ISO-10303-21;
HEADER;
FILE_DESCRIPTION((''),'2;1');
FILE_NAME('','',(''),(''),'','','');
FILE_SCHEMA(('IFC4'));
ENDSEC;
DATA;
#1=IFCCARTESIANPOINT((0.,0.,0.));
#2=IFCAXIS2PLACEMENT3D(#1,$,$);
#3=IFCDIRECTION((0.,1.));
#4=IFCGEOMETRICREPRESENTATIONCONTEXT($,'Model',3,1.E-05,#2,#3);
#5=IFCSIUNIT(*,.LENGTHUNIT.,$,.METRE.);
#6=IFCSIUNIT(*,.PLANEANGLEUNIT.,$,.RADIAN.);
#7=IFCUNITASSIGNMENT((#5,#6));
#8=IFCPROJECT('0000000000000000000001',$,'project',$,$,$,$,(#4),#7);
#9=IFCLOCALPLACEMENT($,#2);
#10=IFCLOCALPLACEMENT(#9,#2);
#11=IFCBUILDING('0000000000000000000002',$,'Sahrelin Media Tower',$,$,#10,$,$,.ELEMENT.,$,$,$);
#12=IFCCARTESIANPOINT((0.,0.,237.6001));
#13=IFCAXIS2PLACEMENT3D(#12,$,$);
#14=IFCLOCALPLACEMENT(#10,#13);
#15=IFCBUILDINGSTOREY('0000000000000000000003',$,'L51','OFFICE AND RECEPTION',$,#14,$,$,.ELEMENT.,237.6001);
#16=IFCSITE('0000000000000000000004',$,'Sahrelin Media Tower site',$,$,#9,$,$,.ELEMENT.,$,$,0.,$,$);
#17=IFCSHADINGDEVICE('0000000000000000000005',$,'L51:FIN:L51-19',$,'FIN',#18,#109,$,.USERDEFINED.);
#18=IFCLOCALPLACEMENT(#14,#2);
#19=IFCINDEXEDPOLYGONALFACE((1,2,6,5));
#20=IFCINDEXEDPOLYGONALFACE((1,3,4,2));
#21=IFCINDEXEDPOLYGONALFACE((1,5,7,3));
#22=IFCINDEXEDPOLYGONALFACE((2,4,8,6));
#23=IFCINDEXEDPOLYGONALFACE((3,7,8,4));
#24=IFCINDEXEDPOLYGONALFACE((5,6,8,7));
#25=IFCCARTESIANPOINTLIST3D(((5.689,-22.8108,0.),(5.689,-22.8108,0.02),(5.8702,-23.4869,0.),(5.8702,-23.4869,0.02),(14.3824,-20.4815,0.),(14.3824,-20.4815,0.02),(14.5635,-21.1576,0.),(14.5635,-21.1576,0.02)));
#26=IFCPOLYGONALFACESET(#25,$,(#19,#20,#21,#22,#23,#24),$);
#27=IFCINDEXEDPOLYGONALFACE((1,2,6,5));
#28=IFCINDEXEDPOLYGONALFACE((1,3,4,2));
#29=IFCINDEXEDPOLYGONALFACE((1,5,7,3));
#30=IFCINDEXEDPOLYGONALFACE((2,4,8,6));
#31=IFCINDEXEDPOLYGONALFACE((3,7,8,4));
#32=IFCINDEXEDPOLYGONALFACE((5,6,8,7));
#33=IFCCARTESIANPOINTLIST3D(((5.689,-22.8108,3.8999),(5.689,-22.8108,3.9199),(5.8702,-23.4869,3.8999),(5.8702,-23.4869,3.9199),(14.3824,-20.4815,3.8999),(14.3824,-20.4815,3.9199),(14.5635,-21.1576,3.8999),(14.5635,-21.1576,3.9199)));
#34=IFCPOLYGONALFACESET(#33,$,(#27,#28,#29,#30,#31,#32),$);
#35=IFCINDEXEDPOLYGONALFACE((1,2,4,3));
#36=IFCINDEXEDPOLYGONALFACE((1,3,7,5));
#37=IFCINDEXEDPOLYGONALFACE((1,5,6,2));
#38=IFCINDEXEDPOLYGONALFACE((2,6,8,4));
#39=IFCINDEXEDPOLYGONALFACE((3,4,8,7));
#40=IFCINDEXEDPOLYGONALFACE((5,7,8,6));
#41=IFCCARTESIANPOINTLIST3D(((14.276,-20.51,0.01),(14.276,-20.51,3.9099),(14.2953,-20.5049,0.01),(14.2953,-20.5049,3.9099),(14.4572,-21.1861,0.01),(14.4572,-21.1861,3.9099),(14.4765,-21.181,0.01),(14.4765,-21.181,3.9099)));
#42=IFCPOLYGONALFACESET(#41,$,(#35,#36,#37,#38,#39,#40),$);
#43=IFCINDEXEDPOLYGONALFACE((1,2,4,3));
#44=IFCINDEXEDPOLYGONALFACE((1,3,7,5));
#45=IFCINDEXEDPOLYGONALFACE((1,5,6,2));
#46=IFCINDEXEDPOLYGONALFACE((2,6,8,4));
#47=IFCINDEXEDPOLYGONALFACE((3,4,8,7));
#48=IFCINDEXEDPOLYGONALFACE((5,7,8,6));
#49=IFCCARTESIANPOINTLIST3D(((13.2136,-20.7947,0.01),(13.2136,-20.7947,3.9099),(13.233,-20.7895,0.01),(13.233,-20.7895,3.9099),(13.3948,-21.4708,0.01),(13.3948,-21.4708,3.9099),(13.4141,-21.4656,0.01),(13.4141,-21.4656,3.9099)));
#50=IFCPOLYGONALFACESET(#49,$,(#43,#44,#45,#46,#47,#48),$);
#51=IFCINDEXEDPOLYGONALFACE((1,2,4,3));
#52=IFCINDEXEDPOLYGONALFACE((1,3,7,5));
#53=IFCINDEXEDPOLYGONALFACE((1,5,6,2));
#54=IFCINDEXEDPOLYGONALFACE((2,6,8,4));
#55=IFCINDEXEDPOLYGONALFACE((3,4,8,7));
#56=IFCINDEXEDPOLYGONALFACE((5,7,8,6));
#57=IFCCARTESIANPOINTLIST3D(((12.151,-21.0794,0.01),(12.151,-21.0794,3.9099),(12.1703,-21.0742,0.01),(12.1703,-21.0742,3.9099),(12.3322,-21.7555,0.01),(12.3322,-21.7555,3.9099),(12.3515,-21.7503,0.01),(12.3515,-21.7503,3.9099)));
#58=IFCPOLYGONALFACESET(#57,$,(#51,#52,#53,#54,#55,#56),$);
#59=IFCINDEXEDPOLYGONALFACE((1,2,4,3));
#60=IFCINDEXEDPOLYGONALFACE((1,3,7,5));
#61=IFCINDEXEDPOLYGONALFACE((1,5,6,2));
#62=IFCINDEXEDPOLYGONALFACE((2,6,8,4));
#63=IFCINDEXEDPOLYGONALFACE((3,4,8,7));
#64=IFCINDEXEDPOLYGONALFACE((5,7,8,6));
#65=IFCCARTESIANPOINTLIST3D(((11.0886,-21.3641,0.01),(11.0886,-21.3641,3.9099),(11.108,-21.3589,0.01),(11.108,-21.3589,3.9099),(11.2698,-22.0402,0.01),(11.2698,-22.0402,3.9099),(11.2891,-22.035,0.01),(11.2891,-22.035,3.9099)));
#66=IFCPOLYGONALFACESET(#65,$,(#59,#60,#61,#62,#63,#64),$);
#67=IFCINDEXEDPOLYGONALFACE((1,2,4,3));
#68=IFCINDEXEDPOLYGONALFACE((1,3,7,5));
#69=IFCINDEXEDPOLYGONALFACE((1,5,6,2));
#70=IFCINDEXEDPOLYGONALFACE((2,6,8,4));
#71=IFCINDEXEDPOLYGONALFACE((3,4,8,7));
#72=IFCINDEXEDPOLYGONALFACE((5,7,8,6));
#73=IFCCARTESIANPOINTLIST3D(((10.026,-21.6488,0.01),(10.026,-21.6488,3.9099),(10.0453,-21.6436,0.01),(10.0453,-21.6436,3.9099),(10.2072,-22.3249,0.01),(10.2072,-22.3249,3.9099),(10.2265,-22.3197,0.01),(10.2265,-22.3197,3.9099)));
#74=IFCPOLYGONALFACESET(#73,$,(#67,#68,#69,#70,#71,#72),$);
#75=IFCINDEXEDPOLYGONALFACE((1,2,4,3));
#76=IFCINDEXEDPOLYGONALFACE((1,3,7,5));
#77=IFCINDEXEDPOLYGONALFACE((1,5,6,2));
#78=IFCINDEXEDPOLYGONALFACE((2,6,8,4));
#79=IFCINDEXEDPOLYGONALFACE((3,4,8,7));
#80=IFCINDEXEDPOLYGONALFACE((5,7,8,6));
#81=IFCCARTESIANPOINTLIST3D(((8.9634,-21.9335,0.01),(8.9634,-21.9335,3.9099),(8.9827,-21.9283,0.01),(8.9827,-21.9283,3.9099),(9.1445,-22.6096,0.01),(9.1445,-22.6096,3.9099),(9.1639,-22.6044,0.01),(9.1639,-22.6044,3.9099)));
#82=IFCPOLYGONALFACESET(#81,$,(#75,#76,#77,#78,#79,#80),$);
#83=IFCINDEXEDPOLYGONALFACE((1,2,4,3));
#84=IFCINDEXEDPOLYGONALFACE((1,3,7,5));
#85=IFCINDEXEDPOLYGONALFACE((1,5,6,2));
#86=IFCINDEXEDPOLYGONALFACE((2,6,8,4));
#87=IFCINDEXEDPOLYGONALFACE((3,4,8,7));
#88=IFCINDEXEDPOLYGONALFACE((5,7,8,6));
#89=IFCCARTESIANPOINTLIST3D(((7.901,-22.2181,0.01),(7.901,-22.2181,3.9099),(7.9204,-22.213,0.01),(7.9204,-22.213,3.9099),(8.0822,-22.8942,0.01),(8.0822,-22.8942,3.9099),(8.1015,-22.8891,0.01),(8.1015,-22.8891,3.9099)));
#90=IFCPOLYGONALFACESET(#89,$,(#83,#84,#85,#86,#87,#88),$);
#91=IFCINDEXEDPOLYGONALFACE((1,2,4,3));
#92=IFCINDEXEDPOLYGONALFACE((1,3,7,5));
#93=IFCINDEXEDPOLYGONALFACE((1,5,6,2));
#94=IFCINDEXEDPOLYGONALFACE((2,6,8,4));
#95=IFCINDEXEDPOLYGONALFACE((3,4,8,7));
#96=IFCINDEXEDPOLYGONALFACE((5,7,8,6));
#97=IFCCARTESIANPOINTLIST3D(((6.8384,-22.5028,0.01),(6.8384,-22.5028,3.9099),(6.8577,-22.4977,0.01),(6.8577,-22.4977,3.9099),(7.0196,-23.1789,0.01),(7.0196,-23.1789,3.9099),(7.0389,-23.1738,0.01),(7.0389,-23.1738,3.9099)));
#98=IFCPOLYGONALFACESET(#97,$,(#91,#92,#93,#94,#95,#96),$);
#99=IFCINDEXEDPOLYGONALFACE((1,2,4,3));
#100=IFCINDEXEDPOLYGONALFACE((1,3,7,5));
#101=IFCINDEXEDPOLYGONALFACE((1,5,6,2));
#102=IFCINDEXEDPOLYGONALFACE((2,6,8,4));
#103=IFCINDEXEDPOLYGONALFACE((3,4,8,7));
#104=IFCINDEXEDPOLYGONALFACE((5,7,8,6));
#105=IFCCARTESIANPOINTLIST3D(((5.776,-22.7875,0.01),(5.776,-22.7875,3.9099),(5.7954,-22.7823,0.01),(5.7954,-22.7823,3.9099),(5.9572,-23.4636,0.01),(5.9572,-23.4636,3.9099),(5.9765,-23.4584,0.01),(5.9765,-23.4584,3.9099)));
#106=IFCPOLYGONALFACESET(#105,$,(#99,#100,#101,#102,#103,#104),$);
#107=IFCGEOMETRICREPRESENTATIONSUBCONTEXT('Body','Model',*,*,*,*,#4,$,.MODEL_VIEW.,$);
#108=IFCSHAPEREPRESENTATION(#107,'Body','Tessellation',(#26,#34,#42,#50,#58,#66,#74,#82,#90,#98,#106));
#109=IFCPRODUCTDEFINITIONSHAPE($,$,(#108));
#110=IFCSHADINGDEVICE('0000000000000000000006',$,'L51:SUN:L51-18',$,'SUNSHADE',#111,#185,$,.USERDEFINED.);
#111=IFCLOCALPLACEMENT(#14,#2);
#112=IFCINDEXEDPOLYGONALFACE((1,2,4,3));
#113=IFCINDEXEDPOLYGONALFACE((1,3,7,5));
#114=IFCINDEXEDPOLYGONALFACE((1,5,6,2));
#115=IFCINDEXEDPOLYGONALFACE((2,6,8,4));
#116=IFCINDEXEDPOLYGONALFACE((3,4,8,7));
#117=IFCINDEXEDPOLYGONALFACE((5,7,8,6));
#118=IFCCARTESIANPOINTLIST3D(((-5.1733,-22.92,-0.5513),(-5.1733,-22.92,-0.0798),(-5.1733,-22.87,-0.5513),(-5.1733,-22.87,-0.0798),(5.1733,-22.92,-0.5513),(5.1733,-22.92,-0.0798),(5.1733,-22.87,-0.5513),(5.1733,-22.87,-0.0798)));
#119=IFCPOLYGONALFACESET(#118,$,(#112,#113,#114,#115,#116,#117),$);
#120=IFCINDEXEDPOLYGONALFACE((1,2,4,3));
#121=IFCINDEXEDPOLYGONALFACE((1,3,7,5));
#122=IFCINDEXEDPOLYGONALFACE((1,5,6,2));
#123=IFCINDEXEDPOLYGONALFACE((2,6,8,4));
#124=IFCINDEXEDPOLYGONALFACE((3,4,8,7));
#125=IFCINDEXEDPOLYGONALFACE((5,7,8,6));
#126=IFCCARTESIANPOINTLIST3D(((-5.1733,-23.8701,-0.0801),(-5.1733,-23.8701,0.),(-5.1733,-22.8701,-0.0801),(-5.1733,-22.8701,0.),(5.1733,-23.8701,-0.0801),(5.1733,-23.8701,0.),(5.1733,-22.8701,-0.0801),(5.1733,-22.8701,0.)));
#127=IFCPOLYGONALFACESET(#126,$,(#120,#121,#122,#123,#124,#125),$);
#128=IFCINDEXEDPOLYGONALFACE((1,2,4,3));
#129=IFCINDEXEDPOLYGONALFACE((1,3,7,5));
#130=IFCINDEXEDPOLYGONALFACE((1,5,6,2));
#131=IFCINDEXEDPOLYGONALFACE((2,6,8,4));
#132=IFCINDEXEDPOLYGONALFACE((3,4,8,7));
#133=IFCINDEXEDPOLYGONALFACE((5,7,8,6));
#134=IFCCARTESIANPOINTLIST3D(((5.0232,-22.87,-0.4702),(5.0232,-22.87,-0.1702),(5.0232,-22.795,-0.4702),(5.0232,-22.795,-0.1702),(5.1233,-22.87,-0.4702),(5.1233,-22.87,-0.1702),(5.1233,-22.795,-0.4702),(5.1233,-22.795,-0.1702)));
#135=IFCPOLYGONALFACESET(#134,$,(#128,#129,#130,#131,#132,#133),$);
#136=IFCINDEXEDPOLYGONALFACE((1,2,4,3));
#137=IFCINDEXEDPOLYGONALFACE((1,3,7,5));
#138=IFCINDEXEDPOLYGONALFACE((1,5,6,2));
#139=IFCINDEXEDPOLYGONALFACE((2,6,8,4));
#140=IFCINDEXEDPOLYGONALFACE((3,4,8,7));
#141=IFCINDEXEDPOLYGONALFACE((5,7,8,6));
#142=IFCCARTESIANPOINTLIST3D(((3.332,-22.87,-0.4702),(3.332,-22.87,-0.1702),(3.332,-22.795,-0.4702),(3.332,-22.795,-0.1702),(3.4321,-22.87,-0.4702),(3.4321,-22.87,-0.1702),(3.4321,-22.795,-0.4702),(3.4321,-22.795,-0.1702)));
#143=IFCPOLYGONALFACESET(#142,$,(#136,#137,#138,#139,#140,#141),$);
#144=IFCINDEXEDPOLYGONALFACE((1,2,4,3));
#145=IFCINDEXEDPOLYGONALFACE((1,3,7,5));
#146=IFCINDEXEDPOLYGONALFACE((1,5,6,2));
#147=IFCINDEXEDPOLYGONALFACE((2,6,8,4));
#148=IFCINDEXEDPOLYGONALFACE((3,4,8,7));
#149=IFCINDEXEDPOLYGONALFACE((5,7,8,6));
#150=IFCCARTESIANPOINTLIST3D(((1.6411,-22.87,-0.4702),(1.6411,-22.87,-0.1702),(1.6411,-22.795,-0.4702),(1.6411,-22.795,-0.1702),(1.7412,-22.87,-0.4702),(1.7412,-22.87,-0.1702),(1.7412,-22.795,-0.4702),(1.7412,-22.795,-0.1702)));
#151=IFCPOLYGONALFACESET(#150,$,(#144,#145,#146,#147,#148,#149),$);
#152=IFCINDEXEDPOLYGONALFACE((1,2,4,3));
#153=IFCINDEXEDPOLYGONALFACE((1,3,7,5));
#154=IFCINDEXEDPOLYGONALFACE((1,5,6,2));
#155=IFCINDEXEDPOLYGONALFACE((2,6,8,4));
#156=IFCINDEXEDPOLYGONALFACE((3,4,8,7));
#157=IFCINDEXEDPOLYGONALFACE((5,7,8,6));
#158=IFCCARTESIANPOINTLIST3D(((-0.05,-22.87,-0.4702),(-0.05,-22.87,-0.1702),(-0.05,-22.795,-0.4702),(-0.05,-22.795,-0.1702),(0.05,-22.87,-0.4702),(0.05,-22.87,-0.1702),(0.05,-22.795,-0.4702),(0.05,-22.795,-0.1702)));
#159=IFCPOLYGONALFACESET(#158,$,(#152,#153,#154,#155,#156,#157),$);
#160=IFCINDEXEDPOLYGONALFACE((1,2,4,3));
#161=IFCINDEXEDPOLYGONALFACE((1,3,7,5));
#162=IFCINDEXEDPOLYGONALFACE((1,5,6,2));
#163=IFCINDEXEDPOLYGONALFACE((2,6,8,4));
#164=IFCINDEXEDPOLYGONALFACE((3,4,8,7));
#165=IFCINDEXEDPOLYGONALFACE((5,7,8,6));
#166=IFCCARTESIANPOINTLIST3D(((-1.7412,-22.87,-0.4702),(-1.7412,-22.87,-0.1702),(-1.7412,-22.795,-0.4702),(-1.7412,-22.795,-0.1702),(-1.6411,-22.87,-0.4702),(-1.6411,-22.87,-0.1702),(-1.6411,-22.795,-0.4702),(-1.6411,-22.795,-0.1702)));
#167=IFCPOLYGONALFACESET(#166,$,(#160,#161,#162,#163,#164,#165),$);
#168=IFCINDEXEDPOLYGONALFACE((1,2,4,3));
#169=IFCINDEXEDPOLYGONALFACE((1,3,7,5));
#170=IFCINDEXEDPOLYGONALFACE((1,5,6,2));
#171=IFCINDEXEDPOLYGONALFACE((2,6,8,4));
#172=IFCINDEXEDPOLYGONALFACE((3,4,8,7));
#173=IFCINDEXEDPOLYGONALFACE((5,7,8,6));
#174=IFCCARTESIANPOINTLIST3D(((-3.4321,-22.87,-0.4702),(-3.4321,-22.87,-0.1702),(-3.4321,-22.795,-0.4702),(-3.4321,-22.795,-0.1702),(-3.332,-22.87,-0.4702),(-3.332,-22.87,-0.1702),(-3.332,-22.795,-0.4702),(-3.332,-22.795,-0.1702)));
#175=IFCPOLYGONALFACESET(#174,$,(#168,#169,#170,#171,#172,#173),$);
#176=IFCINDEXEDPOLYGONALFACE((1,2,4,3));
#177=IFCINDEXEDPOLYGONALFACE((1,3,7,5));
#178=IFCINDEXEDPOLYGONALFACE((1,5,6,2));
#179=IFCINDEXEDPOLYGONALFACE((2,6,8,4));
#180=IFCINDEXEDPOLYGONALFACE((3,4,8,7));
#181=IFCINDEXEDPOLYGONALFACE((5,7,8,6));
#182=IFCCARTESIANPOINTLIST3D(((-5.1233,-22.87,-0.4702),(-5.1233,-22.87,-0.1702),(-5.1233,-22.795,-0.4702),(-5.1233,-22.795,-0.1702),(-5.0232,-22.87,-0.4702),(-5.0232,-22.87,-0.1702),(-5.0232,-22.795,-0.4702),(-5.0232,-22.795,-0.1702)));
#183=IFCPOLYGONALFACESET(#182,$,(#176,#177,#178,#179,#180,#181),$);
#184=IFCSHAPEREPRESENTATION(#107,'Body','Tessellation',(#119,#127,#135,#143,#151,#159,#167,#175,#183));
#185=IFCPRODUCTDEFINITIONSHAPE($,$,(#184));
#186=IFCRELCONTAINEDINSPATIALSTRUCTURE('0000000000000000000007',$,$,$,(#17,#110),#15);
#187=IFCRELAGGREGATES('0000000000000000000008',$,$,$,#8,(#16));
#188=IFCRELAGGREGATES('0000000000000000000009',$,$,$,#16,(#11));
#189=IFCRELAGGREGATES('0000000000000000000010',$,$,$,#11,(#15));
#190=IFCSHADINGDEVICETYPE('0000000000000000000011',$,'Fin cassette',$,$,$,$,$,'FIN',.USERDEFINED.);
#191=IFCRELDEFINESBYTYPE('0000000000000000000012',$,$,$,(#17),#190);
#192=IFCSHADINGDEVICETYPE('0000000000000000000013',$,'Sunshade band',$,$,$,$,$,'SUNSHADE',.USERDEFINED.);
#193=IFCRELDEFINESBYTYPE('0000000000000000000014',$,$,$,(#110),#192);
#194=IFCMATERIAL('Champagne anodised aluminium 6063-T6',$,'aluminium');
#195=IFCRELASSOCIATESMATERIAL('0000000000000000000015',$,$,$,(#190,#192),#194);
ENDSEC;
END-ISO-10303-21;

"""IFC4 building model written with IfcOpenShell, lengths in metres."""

from ifc_helpers import new_model, si_unit, direction, frame, origin, origin_2d, place, context, subcontext, project, spatial, rectangle, extrude, material, type_object, element, save


model = new_model("IFC4")

# Units and contexts
model_context = context("Model", 3, precision=1e-05, world=origin(), true_north=direction((0.0, 1.0)))
body_context = subcontext(model_context, "Body", "Model", "MODEL_VIEW")
ifc_project = project(units=[si_unit("LENGTHUNIT", "METRE"), si_unit("PLANEANGLEUNIT", "RADIAN")], contexts=[model_context])

# Site, building, storey
site_placement = place(None, origin())
site = spatial("IfcSite", under=ifc_project, at=site_placement, Name="Sahrelin Media Tower site", CompositionType="ELEMENT", RefElevation=0.0)
building_placement = place(site_placement, origin())
building = spatial("IfcBuilding", under=site, at=building_placement, Name="Sahrelin Media Tower", CompositionType="ELEMENT")
storey_placement = place(building_placement, frame((0.0, 0.0, 237.6001)))
storey = spatial("IfcBuildingStorey", under=building, at=storey_placement, Name="L51", Description="OFFICE AND RECEPTION", CompositionType="ELEMENT", Elevation=237.6001)

# Shared definitions
ifc_material_1 = material(Name="Champagne anodised aluminium 6063-T6", Category="aluminium")

# Shading devices
shading_device_type_1 = type_object("IfcShadingDeviceType", Name="Fin cassette", ElementType="FIN", PredefinedType="USERDEFINED", material=ifc_material_1)
placement_1 = place(storey_placement, frame((0.0, -22.8501, 0.0), z_axis=(0.0, 0.0, 1.0), x_axis=(-1.0, 0.0, 0.0)))
placement_2 = place(storey_placement, frame((10.0176, -21.5786, 0.0), z_axis=(0.0, 0.0, 1.0), x_axis=(-0.965929, -0.258808, 0.0)))
element("IfcShadingDevice", 1, at=placement_2, inside=storey, type_object=shading_device_type_1, Name="L51:FIN:L51-19", ObjectType="FIN", PredefinedType="USERDEFINED", context=body_context, shape_type="SweptSolid", body=[
    extrude(rectangle(XDim=9.0, YDim=0.7, at=origin_2d()), frame((0.0, 0.4199, 0.0)), (0.0, 0.0, 1.0), 0.02),
    extrude(rectangle(XDim=9.0, YDim=0.7, at=origin_2d()), frame((0.0, 0.4199, 3.8999)), (0.0, 0.0, 1.0), 0.02),
    extrude(rectangle(XDim=0.02, YDim=0.7, at=origin_2d()), frame((-4.3999, 0.4199, 0.01), z_axis=(0.0, 0.0, 1.0), x_axis=(1.0, 0.0, 0.0)), (0.0, 0.0, 1.0), 3.8999),
    extrude(rectangle(XDim=0.02, YDim=0.7, at=origin_2d()), frame((-3.3, 0.4199, 0.01), z_axis=(0.0, 0.0, 1.0), x_axis=(1.0, 0.0, 0.0)), (0.0, 0.0, 1.0), 3.8999),
    extrude(rectangle(XDim=0.02, YDim=0.7, at=origin_2d()), frame((-2.2, 0.4199, 0.01), z_axis=(0.0, 0.0, 1.0), x_axis=(1.0, 0.0, 0.0)), (0.0, 0.0, 1.0), 3.8999),
    extrude(rectangle(XDim=0.02, YDim=0.7, at=origin_2d()), frame((-1.1001, 0.4199, 0.01), z_axis=(0.0, 0.0, 1.0), x_axis=(1.0, 0.0, 0.0)), (0.0, 0.0, 1.0), 3.8999),
    extrude(rectangle(XDim=0.02, YDim=0.7, at=origin_2d()), frame((0.0, 0.4199, 0.01), z_axis=(0.0, 0.0, 1.0), x_axis=(1.0, 0.0, 0.0)), (0.0, 0.0, 1.0), 3.8999),
    extrude(rectangle(XDim=0.02, YDim=0.7, at=origin_2d()), frame((1.1001, 0.4199, 0.01), z_axis=(0.0, 0.0, 1.0), x_axis=(1.0, 0.0, 0.0)), (0.0, 0.0, 1.0), 3.8999),
    extrude(rectangle(XDim=0.02, YDim=0.7, at=origin_2d()), frame((2.2, 0.4199, 0.01), z_axis=(0.0, 0.0, 1.0), x_axis=(1.0, 0.0, 0.0)), (0.0, 0.0, 1.0), 3.8999),
    extrude(rectangle(XDim=0.02, YDim=0.7, at=origin_2d()), frame((3.3, 0.4199, 0.01), z_axis=(0.0, 0.0, 1.0), x_axis=(1.0, 0.0, 0.0)), (0.0, 0.0, 1.0), 3.8999),
    extrude(rectangle(XDim=0.02, YDim=0.7, at=origin_2d()), frame((4.3999, 0.4199, 0.01), z_axis=(0.0, 0.0, 1.0), x_axis=(1.0, 0.0, 0.0)), (0.0, 0.0, 1.0), 3.8999),
])
shading_device_type_2 = type_object("IfcShadingDeviceType", Name="Sunshade band", ElementType="SUNSHADE", PredefinedType="USERDEFINED", material=ifc_material_1)
element("IfcShadingDevice", 2, at=placement_1, inside=storey, type_object=shading_device_type_2, Name="L51:SUN:L51-18", ObjectType="SUNSHADE", PredefinedType="USERDEFINED", context=body_context, shape_type="SweptSolid", body=[
    extrude(rectangle(XDim=10.3467, YDim=0.05, at=origin_2d()), frame((0.0, 0.0449, -0.5513)), (0.0, 0.0, 1.0), 0.4714),
    extrude(rectangle(XDim=10.3467, YDim=1.0, at=origin_2d()), frame((0.0, 0.52, -0.0801)), (0.0, 0.0, 1.0), 0.0801),
    extrude(rectangle(XDim=0.1001, YDim=0.075, at=origin_2d()), frame((-5.0732, -0.0176, -0.4702)), (0.0, 0.0, 1.0), 0.3),
    extrude(rectangle(XDim=0.1001, YDim=0.075, at=origin_2d()), frame((-3.3821, -0.0176, -0.4702)), (0.0, 0.0, 1.0), 0.3),
    extrude(rectangle(XDim=0.1001, YDim=0.075, at=origin_2d()), frame((-1.6912, -0.0176, -0.4702)), (0.0, 0.0, 1.0), 0.3),
    extrude(rectangle(XDim=0.1001, YDim=0.075, at=origin_2d()), frame((0.0, -0.0176, -0.4702)), (0.0, 0.0, 1.0), 0.3),
    extrude(rectangle(XDim=0.1001, YDim=0.075, at=origin_2d()), frame((1.6912, -0.0176, -0.4702)), (0.0, 0.0, 1.0), 0.3),
    extrude(rectangle(XDim=0.1001, YDim=0.075, at=origin_2d()), frame((3.3821, -0.0176, -0.4702)), (0.0, 0.0, 1.0), 0.3),
    extrude(rectangle(XDim=0.1001, YDim=0.075, at=origin_2d()), frame((5.0732, -0.0176, -0.4702)), (0.0, 0.0, 1.0), 0.3),
])

save(model, "model.ifc")
